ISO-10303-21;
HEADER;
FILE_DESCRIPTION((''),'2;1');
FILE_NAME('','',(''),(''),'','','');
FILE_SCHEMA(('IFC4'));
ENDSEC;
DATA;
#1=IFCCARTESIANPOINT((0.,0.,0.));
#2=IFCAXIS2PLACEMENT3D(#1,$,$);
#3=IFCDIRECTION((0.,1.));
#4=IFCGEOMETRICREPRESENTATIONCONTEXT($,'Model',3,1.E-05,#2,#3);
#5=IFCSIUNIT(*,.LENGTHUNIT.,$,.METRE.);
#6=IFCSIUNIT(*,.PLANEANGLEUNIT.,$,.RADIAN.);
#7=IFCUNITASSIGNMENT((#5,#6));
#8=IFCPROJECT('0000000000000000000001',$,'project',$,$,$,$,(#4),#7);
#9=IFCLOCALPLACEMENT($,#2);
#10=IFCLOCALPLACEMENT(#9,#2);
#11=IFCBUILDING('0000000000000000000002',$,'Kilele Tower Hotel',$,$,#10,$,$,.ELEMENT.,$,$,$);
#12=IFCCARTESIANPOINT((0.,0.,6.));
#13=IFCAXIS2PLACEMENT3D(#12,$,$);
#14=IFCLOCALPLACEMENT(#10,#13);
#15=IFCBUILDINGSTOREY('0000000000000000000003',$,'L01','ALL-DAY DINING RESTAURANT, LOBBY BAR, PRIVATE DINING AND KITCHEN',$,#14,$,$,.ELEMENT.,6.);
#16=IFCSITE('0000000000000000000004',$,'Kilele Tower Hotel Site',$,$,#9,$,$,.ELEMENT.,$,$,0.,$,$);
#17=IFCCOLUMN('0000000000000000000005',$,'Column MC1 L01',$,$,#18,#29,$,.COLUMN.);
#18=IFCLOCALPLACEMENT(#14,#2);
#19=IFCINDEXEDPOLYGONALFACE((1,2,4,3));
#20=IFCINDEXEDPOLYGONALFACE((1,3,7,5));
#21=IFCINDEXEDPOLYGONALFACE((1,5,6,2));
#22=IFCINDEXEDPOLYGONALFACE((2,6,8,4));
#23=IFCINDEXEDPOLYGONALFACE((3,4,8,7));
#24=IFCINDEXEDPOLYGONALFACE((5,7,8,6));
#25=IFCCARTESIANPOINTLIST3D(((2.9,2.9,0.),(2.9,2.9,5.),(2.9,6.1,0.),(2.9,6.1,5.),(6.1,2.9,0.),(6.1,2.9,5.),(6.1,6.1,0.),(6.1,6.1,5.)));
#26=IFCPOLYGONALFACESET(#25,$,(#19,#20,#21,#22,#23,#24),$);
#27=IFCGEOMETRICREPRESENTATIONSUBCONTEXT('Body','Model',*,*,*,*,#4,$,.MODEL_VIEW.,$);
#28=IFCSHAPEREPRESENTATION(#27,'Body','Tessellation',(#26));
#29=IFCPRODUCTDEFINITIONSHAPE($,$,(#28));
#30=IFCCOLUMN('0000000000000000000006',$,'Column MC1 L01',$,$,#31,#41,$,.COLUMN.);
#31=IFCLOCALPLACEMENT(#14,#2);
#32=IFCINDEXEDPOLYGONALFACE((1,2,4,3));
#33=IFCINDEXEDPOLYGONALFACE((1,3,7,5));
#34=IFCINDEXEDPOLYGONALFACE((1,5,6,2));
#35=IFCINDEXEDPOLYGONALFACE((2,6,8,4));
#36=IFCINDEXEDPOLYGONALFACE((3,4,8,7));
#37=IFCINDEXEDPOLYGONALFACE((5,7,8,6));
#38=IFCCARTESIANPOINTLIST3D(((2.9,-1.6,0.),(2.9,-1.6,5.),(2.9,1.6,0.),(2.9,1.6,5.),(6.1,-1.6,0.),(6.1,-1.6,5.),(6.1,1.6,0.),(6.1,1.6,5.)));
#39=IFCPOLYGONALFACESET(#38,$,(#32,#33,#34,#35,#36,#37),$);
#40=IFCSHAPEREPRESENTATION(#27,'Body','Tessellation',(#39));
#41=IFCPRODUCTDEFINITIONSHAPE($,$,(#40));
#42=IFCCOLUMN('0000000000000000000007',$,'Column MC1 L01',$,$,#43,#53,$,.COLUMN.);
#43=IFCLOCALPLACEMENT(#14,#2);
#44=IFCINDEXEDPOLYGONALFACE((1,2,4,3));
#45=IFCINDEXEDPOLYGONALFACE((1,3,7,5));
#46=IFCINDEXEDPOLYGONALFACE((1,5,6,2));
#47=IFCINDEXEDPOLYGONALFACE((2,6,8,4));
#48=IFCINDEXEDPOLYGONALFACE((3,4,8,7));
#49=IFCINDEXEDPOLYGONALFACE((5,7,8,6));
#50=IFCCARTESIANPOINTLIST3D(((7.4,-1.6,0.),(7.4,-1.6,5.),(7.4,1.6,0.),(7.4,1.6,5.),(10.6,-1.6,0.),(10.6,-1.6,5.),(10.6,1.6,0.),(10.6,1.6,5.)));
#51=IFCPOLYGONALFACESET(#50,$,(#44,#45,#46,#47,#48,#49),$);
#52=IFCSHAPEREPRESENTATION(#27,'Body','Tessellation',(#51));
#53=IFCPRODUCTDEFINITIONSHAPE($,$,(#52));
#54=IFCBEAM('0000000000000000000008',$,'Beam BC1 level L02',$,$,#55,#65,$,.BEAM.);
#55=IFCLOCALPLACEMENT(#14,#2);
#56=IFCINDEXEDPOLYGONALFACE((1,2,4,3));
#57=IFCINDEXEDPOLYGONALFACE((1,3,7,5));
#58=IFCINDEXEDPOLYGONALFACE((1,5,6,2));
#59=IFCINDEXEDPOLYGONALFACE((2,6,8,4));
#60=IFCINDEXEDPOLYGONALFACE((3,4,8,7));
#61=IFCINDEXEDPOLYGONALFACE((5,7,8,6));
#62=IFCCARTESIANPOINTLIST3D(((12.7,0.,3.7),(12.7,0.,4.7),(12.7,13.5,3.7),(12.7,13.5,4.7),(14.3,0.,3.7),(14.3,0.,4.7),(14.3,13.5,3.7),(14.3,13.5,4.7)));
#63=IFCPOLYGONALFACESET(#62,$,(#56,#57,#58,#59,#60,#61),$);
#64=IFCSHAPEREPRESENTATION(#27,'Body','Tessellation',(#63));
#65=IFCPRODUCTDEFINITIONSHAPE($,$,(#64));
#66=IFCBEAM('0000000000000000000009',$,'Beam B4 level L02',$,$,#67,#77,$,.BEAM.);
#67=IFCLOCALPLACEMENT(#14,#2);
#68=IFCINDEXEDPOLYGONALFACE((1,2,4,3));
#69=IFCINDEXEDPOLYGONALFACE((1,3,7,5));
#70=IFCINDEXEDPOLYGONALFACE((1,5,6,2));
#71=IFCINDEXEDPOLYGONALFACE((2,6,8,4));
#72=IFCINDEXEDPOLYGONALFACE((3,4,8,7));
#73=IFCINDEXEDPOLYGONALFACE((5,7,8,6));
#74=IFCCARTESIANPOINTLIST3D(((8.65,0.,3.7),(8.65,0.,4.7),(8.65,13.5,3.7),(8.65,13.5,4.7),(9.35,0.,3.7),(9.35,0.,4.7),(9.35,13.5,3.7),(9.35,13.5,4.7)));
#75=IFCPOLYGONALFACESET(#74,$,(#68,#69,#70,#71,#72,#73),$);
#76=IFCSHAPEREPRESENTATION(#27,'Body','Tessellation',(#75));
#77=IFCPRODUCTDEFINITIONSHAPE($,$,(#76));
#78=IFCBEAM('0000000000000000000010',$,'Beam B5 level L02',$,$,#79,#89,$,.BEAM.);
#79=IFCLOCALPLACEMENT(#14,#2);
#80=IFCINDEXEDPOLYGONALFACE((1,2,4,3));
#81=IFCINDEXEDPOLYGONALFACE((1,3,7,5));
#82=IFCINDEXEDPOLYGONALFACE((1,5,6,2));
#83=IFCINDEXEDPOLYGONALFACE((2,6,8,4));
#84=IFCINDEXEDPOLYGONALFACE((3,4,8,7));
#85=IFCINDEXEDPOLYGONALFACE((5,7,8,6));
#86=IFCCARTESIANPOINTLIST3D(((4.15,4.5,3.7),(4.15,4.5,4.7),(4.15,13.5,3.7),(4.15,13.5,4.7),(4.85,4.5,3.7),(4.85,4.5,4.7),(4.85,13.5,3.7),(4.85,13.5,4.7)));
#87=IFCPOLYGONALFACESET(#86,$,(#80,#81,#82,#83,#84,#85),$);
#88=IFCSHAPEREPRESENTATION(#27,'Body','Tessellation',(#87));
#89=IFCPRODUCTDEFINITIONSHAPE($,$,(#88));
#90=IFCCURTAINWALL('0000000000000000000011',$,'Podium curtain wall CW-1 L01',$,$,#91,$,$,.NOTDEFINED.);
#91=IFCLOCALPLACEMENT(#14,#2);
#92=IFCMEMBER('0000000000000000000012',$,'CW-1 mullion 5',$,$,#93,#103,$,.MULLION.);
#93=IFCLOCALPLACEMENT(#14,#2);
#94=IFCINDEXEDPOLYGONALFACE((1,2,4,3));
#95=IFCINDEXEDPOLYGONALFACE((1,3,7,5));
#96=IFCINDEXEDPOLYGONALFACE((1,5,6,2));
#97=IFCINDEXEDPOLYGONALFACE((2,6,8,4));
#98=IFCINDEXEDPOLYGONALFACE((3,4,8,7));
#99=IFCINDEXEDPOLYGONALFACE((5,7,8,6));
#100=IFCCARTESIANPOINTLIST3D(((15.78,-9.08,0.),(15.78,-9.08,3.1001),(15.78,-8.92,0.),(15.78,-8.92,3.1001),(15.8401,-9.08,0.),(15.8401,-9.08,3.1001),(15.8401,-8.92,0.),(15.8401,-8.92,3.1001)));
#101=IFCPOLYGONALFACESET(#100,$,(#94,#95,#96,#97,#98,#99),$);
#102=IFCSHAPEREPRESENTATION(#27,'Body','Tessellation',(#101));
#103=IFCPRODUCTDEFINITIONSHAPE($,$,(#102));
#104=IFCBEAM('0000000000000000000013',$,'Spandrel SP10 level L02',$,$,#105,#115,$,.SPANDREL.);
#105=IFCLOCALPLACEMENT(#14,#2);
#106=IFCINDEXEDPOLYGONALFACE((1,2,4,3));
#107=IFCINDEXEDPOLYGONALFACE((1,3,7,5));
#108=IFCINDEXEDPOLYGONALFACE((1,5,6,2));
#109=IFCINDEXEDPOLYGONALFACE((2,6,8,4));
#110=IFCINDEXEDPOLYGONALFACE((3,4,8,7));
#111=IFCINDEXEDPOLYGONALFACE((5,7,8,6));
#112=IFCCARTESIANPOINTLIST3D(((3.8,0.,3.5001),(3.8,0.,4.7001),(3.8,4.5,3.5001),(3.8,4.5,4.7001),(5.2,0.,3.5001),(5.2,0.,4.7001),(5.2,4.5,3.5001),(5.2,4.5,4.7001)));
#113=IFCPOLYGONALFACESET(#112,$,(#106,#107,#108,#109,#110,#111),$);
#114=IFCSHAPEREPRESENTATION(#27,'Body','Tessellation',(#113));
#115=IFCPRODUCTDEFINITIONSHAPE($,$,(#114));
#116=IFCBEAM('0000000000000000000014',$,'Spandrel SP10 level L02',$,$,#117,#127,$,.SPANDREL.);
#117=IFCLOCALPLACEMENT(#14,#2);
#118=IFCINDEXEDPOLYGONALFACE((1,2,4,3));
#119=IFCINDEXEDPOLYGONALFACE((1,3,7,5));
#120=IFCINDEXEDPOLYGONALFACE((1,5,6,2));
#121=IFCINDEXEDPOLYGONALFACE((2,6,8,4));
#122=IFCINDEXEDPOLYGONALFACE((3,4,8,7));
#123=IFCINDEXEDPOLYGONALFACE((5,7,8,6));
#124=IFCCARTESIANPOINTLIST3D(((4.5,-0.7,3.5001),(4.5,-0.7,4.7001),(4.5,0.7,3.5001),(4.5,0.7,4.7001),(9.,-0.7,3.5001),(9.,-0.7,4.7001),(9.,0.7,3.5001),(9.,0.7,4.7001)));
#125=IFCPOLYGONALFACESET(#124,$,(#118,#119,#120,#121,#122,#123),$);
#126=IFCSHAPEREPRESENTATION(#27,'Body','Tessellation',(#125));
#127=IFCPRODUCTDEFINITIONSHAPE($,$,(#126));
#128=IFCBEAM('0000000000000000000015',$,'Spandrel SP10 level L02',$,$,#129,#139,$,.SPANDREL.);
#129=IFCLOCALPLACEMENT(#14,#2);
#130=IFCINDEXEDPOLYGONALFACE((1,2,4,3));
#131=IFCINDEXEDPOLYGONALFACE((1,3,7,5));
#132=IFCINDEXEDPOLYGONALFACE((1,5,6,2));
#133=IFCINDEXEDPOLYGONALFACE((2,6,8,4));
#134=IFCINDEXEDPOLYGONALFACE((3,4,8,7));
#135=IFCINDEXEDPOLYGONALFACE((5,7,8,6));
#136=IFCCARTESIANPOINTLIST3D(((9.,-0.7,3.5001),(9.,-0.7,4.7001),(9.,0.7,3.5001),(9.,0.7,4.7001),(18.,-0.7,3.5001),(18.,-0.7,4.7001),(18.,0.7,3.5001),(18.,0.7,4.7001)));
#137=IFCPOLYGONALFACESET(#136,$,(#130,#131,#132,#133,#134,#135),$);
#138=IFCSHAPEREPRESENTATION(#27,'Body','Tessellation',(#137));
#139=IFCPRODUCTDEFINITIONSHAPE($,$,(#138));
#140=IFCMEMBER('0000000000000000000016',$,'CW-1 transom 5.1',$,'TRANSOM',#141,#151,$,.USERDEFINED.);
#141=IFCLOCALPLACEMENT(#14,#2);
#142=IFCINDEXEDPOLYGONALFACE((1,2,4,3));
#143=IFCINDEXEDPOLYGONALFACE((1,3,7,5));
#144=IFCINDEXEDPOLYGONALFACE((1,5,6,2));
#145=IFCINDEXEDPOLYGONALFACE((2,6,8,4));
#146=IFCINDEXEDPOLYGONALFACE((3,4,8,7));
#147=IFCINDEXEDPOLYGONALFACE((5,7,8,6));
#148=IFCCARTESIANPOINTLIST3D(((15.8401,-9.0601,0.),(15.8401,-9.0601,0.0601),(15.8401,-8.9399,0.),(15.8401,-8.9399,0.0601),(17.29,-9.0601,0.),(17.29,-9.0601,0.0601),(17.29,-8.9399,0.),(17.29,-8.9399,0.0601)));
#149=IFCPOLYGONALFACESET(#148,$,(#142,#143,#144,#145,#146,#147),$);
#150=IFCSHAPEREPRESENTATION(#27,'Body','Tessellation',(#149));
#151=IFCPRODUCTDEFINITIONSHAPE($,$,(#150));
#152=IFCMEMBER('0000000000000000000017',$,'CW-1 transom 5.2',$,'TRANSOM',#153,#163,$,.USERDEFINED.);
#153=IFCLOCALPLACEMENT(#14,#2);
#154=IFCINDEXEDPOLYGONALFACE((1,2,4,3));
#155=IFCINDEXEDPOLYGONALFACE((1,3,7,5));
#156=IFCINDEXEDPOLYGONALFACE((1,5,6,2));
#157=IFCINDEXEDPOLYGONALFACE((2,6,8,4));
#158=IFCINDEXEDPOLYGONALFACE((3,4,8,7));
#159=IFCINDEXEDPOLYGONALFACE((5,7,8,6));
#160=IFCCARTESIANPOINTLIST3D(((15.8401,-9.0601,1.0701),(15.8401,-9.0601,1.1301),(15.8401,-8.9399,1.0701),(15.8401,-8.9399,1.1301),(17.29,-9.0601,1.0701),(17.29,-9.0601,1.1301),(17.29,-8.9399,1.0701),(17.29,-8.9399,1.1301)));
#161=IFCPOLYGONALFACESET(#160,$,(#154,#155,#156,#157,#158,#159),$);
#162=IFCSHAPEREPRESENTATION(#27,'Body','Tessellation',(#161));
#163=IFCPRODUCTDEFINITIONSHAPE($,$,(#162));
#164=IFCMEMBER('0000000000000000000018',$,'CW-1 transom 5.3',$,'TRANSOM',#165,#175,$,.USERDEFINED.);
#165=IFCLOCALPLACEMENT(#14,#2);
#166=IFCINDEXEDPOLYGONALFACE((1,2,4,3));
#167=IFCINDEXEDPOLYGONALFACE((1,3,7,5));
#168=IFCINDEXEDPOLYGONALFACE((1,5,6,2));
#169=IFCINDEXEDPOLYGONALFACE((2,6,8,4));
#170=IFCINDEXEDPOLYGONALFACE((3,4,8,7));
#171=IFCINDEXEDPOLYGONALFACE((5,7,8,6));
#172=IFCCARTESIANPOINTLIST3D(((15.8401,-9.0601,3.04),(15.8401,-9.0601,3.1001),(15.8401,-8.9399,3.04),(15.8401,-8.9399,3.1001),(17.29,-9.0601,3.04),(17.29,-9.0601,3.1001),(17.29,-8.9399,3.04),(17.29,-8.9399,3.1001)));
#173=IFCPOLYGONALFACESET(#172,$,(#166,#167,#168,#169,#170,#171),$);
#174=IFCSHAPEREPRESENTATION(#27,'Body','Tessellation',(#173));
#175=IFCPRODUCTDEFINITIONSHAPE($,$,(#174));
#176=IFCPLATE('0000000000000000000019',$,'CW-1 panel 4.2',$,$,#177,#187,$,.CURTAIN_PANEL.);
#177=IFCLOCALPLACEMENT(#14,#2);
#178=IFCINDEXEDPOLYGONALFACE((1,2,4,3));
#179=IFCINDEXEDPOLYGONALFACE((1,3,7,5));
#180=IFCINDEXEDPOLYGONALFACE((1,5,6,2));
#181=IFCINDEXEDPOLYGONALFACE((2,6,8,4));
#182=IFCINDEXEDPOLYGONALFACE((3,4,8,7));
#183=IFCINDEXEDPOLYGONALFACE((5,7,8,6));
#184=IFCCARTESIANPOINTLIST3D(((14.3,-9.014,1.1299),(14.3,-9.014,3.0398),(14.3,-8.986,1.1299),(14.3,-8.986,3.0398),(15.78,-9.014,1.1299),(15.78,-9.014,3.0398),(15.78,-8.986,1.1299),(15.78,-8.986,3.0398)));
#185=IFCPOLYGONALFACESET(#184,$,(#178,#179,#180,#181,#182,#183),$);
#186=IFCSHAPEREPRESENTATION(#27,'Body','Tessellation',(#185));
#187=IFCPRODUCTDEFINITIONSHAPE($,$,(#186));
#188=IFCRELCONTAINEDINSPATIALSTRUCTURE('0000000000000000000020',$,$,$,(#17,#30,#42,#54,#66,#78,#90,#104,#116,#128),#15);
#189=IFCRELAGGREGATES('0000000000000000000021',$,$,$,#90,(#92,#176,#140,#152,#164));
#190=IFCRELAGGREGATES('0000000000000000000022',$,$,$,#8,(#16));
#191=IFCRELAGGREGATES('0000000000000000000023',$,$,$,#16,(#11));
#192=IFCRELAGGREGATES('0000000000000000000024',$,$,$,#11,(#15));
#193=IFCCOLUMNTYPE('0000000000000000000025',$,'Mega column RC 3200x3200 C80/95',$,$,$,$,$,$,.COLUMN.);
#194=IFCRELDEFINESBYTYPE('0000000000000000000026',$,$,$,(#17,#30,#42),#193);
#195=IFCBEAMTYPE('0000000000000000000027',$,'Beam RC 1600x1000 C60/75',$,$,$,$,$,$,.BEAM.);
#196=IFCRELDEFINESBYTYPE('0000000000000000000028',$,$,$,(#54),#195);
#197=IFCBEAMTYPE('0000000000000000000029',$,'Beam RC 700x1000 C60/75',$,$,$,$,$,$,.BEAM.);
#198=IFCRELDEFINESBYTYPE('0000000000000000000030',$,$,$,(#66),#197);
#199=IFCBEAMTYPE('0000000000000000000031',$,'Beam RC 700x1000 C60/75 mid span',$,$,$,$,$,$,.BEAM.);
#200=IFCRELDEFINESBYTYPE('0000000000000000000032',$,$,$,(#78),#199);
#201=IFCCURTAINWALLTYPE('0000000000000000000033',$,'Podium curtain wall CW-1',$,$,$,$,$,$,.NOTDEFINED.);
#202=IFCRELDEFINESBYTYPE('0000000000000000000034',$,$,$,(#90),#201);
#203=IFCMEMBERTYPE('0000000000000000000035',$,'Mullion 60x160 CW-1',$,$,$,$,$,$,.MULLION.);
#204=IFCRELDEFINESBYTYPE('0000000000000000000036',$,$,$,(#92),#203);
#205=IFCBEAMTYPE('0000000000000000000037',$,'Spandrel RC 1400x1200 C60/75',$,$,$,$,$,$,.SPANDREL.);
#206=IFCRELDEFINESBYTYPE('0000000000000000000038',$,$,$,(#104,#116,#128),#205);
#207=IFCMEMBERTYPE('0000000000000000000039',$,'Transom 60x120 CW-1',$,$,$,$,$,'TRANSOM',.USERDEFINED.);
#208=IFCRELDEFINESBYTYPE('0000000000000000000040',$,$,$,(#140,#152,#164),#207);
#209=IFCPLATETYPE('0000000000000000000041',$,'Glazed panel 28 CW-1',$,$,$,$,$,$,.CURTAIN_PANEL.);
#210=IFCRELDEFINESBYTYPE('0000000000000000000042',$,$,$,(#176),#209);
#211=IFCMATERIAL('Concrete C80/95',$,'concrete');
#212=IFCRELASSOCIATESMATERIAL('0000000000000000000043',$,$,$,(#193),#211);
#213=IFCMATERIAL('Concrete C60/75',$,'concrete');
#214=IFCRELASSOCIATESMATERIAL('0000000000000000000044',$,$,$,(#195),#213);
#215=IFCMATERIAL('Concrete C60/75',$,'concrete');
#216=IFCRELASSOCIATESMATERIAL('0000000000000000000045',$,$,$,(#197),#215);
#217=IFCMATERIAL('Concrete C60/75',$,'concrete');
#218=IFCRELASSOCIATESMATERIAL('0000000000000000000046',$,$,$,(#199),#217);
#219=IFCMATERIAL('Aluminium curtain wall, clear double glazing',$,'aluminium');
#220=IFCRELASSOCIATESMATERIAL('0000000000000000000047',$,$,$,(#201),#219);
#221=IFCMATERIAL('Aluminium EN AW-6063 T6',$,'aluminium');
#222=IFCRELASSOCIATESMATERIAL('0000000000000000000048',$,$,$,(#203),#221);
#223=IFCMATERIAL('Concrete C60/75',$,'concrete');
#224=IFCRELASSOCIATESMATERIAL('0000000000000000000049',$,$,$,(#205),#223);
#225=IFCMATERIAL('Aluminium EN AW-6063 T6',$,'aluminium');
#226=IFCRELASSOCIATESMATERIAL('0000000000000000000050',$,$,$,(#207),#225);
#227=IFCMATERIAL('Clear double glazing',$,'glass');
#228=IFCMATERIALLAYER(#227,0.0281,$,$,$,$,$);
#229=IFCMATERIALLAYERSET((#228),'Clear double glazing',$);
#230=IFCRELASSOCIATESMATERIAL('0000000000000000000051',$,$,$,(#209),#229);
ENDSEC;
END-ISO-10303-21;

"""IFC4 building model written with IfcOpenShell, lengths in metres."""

from ifc_helpers import new_model, si_unit, direction, frame, origin, origin_2d, place, context, subcontext, project, spatial, rectangle, extrude, material, layer, layer_set, material_profile, profile_set, type_object, element, aggregate, save


model = new_model("IFC4")

# Units and contexts
model_context = context("Model", 3, precision=1e-05, world=origin(), true_north=direction((0.0, 1.0)))
body_context = subcontext(model_context, "Body", "Model", "MODEL_VIEW")
ifc_project = project(units=[si_unit("LENGTHUNIT", "METRE"), si_unit("PLANEANGLEUNIT", "RADIAN")], contexts=[model_context])

# Site, building, storey
site_placement = place(None, origin())
site = spatial("IfcSite", under=ifc_project, at=site_placement, Name="Kilele Tower Hotel Site", CompositionType="ELEMENT", RefElevation=0.0)
building_placement = place(site_placement, origin())
building = spatial("IfcBuilding", under=site, at=building_placement, Name="Kilele Tower Hotel", CompositionType="ELEMENT")
storey_placement = place(building_placement, frame((0.0, 0.0, 6.0)))
storey = spatial("IfcBuildingStorey", under=building, at=storey_placement, Name="L01", Description="ALL-DAY DINING RESTAURANT, LOBBY BAR, PRIVATE DINING AND KITCHEN", CompositionType="ELEMENT", Elevation=6.0)

# Columns
ifc_material_1 = material(Name="Concrete C80/95", Category="concrete")
ifc_material_profile_1 = material_profile(ifc_material_1, rectangle(XDim=3.2, YDim=3.2, at=origin_2d()))
ifc_profile_set_1 = profile_set([ifc_material_profile_1], Name="Concrete C80/95")
column_type = type_object("IfcColumnType", Name="Mega column RC 3200x3200 C80/95", PredefinedType="COLUMN", material=ifc_profile_set_1)
for number, where, z_axis, x_axis, name in (
    (1, (4.5, 4.5, 0.0), (0.0, 0.0, 1.0), (1.0, 0.0, 0.0), "Column MC1 L01"),
    (2, (4.5, 0.0, 0.0), (0.0, 0.0, 1.0), (1.0, 0.0, 0.0), "Column MC1 L01"),
    (3, (9.0, 0.0, 0.0), (0.0, 0.0, 1.0), (1.0, 0.0, 0.0), "Column MC1 L01"),
):
    element("IfcColumn", number, at=place(storey_placement, frame(where, z_axis=z_axis, x_axis=x_axis)), inside=storey, type_object=column_type, Name=name, PredefinedType="COLUMN", context=body_context, shape_type="SweptSolid", body=[
        extrude(rectangle(XDim=3.2, YDim=3.2, at=origin_2d()), origin(), (0.0, 0.0, 1.0), 5.0),
    ])

# Beams
ifc_material_2 = material(Name="Concrete C60/75", Category="concrete")
ifc_material_profile_2 = material_profile(ifc_material_2, rectangle(XDim=1.6001, YDim=1.0, at=origin_2d()))
ifc_profile_set_2 = profile_set([ifc_material_profile_2], Name="Concrete C60/75")
beam_type_1 = type_object("IfcBeamType", Name="Beam RC 1600x1000 C60/75", PredefinedType="BEAM", material=ifc_profile_set_2)
beam_1_placement = place(storey_placement, frame((13.5, 0.0, 4.2), z_axis=(0.0, 1.0, 0.0), x_axis=(-1.0, 0.0, 0.0)))
element("IfcBeam", 4, at=beam_1_placement, inside=storey, type_object=beam_type_1, Name="Beam BC1 level L02", PredefinedType="BEAM", context=body_context, shape_type="SweptSolid", body=[
    extrude(rectangle(XDim=1.6001, YDim=1.0, at=origin_2d()), origin(), (0.0, 0.0, 1.0), 13.5),
])
ifc_material_3 = material(Name="Concrete C60/75", Category="concrete")
ifc_material_profile_3 = material_profile(ifc_material_3, rectangle(XDim=0.7, YDim=1.0, at=origin_2d()))
ifc_profile_set_3 = profile_set([ifc_material_profile_3], Name="Concrete C60/75")
beam_type_2 = type_object("IfcBeamType", Name="Beam RC 700x1000 C60/75", PredefinedType="BEAM", material=ifc_profile_set_3)
beam_2_placement = place(storey_placement, frame((9.0, 0.0, 4.2), z_axis=(0.0, 1.0, 0.0), x_axis=(-1.0, 0.0, 0.0)))
element("IfcBeam", 5, at=beam_2_placement, inside=storey, type_object=beam_type_2, Name="Beam B4 level L02", PredefinedType="BEAM", context=body_context, shape_type="SweptSolid", body=[
    extrude(rectangle(XDim=0.7, YDim=1.0, at=origin_2d()), origin(), (0.0, 0.0, 1.0), 13.5),
])
ifc_material_4 = material(Name="Concrete C60/75", Category="concrete")
ifc_material_profile_4 = material_profile(ifc_material_4, rectangle(XDim=0.7, YDim=1.0, at=origin_2d()))
ifc_profile_set_4 = profile_set([ifc_material_profile_4], Name="Concrete C60/75")
beam_type_3 = type_object("IfcBeamType", Name="Beam RC 700x1000 C60/75 mid span", PredefinedType="BEAM", material=ifc_profile_set_4)
beam_3_placement = place(storey_placement, frame((4.5, 4.5, 4.2), z_axis=(0.0, 1.0, 0.0), x_axis=(-1.0, 0.0, 0.0)))
element("IfcBeam", 6, at=beam_3_placement, inside=storey, type_object=beam_type_3, Name="Beam B5 level L02", PredefinedType="BEAM", context=body_context, shape_type="SweptSolid", body=[
    extrude(rectangle(XDim=0.7, YDim=1.0, at=origin_2d()), origin(), (0.0, 0.0, 1.0), 9.0),
])

# Curtain wall, member
ifc_material_5 = material(Name="Aluminium curtain wall, clear double glazing", Category="aluminium")
curtain_wall_type = type_object("IfcCurtainWallType", Name="Podium curtain wall CW-1", PredefinedType="NOTDEFINED", material=ifc_material_5)
curtain_wall_placement = place(storey_placement, origin())
curtain_wall = element("IfcCurtainWall", 7, at=curtain_wall_placement, inside=storey, type_object=curtain_wall_type, Name="Podium curtain wall CW-1 L01", PredefinedType="NOTDEFINED")
ifc_material_6 = material(Name="Aluminium EN AW-6063 T6", Category="aluminium")
ifc_material_profile_5 = material_profile(ifc_material_6, rectangle(XDim=0.1599, YDim=0.0601, at=origin_2d()))
ifc_profile_set_5 = profile_set([ifc_material_profile_5], Name="Aluminium EN AW-6063 T6")
member_type_1 = type_object("IfcMemberType", Name="Mullion 60x160 CW-1", PredefinedType="MULLION", material=ifc_profile_set_5)
member_1_placement = place(storey_placement, frame((15.8101, -9.0, 0.0), z_axis=(0.0, 0.0, 1.0), x_axis=(0.0, 1.0, 0.0)))
member_1 = element("IfcMember", 8, at=member_1_placement, type_object=member_type_1, Name="CW-1 mullion 5", PredefinedType="MULLION", context=body_context, shape_type="SweptSolid", body=[
    extrude(rectangle(XDim=0.1599, YDim=0.0601, at=origin_2d()), origin(), (0.0, 0.0, 1.0), 3.1001),
])

# Beams
ifc_material_7 = material(Name="Concrete C60/75", Category="concrete")
ifc_material_profile_6 = material_profile(ifc_material_7, rectangle(XDim=1.3999, YDim=1.2, at=origin_2d()))
ifc_profile_set_6 = profile_set([ifc_material_profile_6], Name="Concrete C60/75")
beam_type_4 = type_object("IfcBeamType", Name="Spandrel RC 1400x1200 C60/75", PredefinedType="SPANDREL", material=ifc_profile_set_6)
for number, where, z_axis, x_axis, name in (
    (9, (4.5, 4.5, 4.1001), (0.0, -1.0, 0.0), (1.0, 0.0, 0.0), "Spandrel SP10 level L02"),
    (10, (4.5, 0.0, 4.1001), (1.0, 0.0, 0.0), (0.0, 1.0, 0.0), "Spandrel SP10 level L02"),
):
    element("IfcBeam", number, at=place(storey_placement, frame(where, z_axis=z_axis, x_axis=x_axis)), inside=storey, type_object=beam_type_4, Name=name, PredefinedType="SPANDREL", context=body_context, shape_type="SweptSolid", body=[
        extrude(rectangle(XDim=1.3999, YDim=1.2, at=origin_2d()), origin(), (0.0, 0.0, 1.0), 4.5),
    ])
beam_4_placement = place(storey_placement, frame((9.0, 0.0, 4.1001), z_axis=(1.0, 0.0, 0.0), x_axis=(0.0, 1.0, 0.0)))
element("IfcBeam", 11, at=beam_4_placement, inside=storey, type_object=beam_type_4, Name="Spandrel SP10 level L02", PredefinedType="SPANDREL", context=body_context, shape_type="SweptSolid", body=[
    extrude(rectangle(XDim=1.3999, YDim=1.2, at=origin_2d()), origin(), (0.0, 0.0, 1.0), 9.0),
])

# Members
ifc_material_8 = material(Name="Aluminium EN AW-6063 T6", Category="aluminium")
ifc_material_profile_7 = material_profile(ifc_material_8, rectangle(XDim=0.1201, YDim=0.0601, at=origin_2d()))
ifc_profile_set_7 = profile_set([ifc_material_profile_7], Name="Aluminium EN AW-6063 T6")
member_type_2 = type_object("IfcMemberType", Name="Transom 60x120 CW-1", ElementType="TRANSOM", PredefinedType="USERDEFINED", material=ifc_profile_set_7)
member_2_placement = place(storey_placement, frame((15.8401, -9.0, 0.03), z_axis=(1.0, 0.0, 0.0), x_axis=(0.0, 1.0, 0.0)))
member_2 = element("IfcMember", 12, at=member_2_placement, type_object=member_type_2, Name="CW-1 transom 5.1", ObjectType="TRANSOM", PredefinedType="USERDEFINED", context=body_context, shape_type="SweptSolid", body=[
    extrude(rectangle(XDim=0.1201, YDim=0.0601, at=origin_2d()), origin(), (0.0, 0.0, 1.0), 1.45),
])
member_3_placement = place(storey_placement, frame((15.8401, -9.0, 1.1001), z_axis=(1.0, 0.0, 0.0), x_axis=(0.0, 1.0, 0.0)))
member_3 = element("IfcMember", 13, at=member_3_placement, type_object=member_type_2, Name="CW-1 transom 5.2", ObjectType="TRANSOM", PredefinedType="USERDEFINED", context=body_context, shape_type="SweptSolid", body=[
    extrude(rectangle(XDim=0.1201, YDim=0.0601, at=origin_2d()), origin(), (0.0, 0.0, 1.0), 1.45),
])
member_4_placement = place(storey_placement, frame((15.8401, -9.0, 3.0701), z_axis=(1.0, 0.0, 0.0), x_axis=(0.0, 1.0, 0.0)))
member_4 = element("IfcMember", 14, at=member_4_placement, type_object=member_type_2, Name="CW-1 transom 5.3", ObjectType="TRANSOM", PredefinedType="USERDEFINED", context=body_context, shape_type="SweptSolid", body=[
    extrude(rectangle(XDim=0.1201, YDim=0.0601, at=origin_2d()), origin(), (0.0, 0.0, 1.0), 1.45),
])

# Plate
ifc_material_9 = material(Name="Clear double glazing", Category="glass")
ifc_layer_1 = layer(ifc_material_9, 0.0281)
ifc_layer_set_1 = layer_set([ifc_layer_1], Name="Clear double glazing")
plate_type = type_object("IfcPlateType", Name="Glazed panel 28 CW-1", PredefinedType="CURTAIN_PANEL", material=ifc_layer_set_1)
plate_placement = place(storey_placement, frame((15.04, -9.0, 1.1299), z_axis=(0.0, 0.0, 1.0), x_axis=(1.0, 0.0, 0.0)))
plate = element("IfcPlate", 15, at=plate_placement, type_object=plate_type, Name="CW-1 panel 4.2", PredefinedType="CURTAIN_PANEL", context=body_context, shape_type="SweptSolid", body=[
    extrude(rectangle(XDim=1.48, YDim=0.0281, at=origin_2d()), origin(), (0.0, 0.0, 1.0), 1.9099),
])
aggregate(curtain_wall, [member_1, plate, member_2, member_3, member_4])

save(model, "model.ifc")
